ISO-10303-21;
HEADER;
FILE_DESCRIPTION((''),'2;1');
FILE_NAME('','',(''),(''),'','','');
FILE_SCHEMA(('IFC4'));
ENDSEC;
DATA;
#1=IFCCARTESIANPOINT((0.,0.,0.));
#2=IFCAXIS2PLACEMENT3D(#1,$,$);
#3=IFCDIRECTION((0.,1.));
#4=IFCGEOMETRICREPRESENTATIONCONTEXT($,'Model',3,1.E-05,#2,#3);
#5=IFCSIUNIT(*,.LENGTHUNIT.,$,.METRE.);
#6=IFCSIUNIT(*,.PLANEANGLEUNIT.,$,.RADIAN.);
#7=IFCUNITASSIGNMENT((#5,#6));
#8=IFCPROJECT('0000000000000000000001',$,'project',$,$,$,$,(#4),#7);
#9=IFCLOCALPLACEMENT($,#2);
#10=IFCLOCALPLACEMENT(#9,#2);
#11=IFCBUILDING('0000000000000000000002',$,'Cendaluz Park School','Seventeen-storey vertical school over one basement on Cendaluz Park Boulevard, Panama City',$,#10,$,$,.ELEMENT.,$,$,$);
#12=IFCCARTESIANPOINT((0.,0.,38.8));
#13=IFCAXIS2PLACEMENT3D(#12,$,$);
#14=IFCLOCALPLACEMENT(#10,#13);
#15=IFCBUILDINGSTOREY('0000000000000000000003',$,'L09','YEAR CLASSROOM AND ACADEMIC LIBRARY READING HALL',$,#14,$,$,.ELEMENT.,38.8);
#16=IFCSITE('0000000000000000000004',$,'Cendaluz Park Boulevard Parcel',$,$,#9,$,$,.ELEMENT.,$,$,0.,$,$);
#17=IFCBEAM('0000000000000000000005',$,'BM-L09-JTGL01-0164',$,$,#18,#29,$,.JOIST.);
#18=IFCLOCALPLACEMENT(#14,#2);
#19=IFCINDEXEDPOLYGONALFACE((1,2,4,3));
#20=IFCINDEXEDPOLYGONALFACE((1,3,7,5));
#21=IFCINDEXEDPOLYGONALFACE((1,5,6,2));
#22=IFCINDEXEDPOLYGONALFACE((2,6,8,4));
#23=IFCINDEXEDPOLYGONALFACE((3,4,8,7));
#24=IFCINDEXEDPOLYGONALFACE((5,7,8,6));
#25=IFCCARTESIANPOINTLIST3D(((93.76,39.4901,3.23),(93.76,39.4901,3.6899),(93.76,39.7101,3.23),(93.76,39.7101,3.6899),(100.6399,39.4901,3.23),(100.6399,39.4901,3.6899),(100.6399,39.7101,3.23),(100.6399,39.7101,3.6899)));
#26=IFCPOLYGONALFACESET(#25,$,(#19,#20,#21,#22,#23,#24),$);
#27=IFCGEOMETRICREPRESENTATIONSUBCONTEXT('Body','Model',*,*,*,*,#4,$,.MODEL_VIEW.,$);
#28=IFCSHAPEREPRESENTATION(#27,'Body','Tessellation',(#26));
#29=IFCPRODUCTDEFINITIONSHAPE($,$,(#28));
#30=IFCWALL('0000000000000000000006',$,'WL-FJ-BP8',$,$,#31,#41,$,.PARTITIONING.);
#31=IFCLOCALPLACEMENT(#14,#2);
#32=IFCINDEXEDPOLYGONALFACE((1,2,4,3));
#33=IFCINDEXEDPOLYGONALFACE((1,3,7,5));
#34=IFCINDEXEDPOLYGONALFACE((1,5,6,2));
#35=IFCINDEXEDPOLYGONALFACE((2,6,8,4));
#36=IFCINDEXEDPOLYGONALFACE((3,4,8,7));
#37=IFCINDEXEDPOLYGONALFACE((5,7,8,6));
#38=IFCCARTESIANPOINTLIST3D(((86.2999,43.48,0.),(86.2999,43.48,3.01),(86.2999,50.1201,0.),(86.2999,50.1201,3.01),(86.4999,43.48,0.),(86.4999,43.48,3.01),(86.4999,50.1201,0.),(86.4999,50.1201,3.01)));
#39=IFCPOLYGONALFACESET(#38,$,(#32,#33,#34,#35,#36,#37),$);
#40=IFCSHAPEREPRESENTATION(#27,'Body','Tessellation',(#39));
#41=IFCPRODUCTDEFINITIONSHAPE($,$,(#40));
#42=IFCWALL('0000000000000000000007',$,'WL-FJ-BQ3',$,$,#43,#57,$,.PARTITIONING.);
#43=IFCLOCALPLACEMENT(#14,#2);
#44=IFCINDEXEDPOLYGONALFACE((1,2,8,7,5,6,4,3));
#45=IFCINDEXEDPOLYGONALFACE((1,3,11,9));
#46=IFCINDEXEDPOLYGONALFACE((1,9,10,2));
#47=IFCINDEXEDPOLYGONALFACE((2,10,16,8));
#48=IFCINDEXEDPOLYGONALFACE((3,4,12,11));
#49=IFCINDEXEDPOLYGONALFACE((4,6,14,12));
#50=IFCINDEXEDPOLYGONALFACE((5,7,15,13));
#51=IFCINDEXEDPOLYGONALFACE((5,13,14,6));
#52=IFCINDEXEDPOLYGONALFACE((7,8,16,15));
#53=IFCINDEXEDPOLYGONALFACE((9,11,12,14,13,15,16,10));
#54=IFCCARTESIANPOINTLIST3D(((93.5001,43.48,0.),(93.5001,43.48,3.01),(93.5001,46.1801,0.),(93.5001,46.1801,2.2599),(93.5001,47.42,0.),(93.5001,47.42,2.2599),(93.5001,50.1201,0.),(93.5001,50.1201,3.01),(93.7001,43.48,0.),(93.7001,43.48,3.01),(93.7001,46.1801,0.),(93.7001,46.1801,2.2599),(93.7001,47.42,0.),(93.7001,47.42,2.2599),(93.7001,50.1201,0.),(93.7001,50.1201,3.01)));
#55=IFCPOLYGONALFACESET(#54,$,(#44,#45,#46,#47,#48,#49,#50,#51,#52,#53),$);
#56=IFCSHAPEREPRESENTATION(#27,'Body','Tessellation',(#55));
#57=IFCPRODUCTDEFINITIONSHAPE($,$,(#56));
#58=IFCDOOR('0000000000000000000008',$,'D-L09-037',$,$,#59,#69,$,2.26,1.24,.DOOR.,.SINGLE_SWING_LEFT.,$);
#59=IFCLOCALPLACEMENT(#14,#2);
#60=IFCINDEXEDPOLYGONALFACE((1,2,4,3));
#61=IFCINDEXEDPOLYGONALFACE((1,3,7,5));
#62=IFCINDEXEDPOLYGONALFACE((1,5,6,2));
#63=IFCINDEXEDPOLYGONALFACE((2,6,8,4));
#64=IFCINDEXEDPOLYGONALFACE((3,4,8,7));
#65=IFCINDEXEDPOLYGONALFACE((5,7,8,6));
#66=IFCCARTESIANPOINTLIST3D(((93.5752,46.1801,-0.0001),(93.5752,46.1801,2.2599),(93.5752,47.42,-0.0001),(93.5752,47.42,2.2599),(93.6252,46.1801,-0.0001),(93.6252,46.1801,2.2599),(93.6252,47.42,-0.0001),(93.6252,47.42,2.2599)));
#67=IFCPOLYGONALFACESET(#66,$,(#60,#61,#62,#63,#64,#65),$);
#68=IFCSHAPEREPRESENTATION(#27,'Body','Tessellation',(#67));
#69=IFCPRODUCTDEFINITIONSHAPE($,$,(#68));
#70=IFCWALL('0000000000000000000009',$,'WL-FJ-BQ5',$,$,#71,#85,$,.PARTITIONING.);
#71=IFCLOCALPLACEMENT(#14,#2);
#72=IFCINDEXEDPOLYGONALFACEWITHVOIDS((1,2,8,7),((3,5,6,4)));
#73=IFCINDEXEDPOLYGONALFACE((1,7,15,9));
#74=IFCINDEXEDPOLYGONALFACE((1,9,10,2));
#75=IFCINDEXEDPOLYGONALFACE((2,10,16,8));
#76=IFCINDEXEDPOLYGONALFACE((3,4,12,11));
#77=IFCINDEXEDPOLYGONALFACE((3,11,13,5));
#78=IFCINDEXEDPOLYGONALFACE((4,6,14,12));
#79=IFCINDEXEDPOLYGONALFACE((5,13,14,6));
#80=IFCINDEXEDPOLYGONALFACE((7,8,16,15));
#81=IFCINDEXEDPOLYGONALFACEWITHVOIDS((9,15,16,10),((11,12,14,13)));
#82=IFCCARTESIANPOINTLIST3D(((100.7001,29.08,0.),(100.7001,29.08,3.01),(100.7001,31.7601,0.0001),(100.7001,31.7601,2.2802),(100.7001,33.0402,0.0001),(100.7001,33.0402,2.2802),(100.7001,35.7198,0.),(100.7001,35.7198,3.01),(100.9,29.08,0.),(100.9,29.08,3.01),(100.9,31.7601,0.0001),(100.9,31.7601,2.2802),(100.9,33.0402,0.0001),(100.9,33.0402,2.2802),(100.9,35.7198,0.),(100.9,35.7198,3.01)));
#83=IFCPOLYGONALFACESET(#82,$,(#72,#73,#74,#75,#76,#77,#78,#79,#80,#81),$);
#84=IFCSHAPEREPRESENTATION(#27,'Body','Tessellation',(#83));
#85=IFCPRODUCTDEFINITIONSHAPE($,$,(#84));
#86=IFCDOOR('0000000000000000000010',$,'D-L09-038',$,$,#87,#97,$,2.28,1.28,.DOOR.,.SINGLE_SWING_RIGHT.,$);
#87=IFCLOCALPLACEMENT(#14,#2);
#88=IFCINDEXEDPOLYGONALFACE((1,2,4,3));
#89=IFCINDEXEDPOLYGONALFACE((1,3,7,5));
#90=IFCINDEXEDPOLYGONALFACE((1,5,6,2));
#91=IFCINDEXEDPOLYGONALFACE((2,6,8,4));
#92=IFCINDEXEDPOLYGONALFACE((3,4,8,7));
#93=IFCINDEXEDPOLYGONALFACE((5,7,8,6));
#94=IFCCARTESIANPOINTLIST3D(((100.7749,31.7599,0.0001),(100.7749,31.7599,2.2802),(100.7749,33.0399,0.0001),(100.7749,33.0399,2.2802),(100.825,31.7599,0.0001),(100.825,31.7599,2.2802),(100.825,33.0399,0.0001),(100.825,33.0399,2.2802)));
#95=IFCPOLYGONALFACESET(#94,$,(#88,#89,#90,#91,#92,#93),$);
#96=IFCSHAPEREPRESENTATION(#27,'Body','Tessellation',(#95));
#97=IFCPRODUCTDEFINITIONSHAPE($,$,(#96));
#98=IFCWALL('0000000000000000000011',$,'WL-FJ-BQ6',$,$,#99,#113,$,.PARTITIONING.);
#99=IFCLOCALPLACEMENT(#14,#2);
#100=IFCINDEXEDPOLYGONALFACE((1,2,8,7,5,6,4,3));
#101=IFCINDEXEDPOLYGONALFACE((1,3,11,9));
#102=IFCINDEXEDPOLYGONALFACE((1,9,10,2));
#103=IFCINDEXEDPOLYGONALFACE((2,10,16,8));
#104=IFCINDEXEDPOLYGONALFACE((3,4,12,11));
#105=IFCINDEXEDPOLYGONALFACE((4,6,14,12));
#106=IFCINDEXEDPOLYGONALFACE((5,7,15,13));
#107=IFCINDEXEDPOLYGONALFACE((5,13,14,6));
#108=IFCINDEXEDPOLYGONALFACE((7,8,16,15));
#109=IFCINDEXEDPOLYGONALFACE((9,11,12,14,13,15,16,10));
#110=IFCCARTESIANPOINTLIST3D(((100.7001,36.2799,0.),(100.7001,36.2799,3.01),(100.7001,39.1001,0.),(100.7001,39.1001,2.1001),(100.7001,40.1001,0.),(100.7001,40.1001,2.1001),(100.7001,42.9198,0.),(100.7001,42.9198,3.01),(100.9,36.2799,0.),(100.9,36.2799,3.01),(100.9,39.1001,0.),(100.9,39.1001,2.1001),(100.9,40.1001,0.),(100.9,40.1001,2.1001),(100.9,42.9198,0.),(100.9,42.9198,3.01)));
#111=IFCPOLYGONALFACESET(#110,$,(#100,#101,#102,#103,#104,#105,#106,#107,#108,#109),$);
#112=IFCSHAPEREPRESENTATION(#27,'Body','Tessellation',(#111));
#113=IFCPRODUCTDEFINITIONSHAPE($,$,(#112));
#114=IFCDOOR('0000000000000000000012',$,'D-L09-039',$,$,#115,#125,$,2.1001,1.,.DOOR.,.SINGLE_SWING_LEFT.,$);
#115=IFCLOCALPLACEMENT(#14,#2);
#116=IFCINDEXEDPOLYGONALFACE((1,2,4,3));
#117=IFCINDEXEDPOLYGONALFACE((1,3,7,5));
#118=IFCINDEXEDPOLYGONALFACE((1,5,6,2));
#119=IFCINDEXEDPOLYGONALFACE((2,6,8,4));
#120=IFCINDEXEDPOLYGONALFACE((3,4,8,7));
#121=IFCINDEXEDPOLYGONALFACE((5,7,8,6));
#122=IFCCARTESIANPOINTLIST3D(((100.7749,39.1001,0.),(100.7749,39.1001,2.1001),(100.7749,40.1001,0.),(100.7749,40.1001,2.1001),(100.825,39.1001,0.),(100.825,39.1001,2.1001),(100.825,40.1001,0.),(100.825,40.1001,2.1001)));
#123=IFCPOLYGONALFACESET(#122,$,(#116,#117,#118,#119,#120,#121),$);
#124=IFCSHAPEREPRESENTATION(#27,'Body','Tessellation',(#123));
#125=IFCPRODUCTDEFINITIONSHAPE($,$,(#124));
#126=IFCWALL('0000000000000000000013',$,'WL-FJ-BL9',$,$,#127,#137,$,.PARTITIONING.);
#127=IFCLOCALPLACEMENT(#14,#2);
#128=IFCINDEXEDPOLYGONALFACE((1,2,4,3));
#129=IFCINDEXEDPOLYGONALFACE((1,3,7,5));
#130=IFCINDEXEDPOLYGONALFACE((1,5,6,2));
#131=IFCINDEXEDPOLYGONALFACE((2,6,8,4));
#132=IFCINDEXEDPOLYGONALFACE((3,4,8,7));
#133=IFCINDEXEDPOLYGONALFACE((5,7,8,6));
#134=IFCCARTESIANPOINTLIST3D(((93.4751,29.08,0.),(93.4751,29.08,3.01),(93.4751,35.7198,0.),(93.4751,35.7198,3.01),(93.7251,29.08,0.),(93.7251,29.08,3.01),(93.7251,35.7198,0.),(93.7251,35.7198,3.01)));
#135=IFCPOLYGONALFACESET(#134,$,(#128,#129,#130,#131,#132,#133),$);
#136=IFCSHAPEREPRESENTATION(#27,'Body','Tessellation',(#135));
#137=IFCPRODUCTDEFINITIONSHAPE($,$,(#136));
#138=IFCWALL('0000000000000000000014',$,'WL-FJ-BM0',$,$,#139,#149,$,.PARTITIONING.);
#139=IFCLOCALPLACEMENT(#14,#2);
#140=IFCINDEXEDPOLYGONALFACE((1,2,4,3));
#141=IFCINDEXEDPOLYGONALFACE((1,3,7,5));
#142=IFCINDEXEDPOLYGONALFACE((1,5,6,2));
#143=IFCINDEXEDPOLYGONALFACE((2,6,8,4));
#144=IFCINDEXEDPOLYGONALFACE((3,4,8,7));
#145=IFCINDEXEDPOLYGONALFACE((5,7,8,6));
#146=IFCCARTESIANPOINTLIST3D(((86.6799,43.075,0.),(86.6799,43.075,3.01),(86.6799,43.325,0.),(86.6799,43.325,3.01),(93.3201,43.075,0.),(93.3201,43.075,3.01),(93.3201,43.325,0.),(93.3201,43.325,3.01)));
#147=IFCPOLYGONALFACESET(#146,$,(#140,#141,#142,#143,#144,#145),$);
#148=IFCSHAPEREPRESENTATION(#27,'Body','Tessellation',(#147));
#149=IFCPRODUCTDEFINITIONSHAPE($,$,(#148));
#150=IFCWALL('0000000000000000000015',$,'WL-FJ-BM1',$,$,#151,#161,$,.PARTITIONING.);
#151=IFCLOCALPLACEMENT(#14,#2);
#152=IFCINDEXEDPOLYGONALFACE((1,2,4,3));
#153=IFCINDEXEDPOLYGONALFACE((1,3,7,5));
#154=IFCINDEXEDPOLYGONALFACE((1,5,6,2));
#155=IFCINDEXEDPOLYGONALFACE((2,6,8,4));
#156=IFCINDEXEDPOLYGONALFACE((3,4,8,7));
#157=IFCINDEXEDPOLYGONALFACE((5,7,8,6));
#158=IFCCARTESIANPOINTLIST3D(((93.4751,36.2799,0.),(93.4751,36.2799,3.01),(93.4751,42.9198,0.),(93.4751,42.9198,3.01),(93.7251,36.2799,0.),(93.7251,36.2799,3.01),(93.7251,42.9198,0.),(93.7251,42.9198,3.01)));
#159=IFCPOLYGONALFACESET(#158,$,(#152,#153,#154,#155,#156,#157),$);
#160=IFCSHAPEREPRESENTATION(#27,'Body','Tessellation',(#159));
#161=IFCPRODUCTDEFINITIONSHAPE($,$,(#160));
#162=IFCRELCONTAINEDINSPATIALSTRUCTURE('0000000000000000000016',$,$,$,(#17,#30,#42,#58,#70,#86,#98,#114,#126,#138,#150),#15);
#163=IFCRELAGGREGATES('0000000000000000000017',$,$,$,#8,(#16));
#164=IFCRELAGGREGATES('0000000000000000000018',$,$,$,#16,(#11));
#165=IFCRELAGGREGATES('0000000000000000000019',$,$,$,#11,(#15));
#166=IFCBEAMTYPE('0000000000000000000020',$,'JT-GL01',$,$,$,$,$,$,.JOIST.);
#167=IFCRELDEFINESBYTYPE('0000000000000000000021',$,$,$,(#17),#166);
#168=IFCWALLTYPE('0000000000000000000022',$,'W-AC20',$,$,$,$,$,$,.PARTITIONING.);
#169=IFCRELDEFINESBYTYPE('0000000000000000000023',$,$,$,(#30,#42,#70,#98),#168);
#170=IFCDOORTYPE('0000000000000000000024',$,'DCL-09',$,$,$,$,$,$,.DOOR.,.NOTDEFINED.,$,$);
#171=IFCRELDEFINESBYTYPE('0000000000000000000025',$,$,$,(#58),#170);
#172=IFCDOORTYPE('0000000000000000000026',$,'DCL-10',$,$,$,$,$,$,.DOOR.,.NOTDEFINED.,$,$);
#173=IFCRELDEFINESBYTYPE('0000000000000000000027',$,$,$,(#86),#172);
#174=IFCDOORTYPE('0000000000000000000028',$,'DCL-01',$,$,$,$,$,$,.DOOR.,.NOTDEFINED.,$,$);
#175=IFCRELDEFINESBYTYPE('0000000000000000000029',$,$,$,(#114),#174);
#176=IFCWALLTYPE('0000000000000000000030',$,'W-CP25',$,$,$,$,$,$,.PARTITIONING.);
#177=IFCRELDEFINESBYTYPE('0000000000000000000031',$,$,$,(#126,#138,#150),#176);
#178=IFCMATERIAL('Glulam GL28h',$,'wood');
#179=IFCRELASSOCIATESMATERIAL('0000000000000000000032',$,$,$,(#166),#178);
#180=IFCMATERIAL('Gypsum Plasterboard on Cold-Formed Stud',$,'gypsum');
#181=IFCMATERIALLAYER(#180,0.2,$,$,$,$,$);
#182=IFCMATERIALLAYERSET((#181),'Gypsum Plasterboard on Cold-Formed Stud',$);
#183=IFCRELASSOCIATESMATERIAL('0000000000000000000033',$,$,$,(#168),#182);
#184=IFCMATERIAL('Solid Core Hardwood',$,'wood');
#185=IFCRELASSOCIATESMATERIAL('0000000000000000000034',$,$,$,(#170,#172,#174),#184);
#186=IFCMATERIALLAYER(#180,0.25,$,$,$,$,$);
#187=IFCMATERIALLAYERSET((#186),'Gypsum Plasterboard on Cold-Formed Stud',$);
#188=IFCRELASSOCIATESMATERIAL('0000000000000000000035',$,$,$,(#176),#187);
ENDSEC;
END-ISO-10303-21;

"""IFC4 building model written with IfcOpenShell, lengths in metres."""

from ifc_helpers import new_model, si_unit, direction, frame, frame_2d, origin, origin_2d, place, context, subcontext, project, spatial, rectangle, extrude, material, layer, layer_set, material_profile, profile_set, type_object, element, fill, save


model = new_model("IFC4")

# Units and contexts
model_context = context("Model", 3, precision=1e-05, world=origin(), true_north=direction((0.0, 1.0)))
body_context = subcontext(model_context, "Body", "Model", "MODEL_VIEW")
ifc_project = project(units=[si_unit("LENGTHUNIT", "METRE"), si_unit("PLANEANGLEUNIT", "RADIAN")], contexts=[model_context])

# Site, building, storey
site_placement = place(None, origin())
site = spatial("IfcSite", under=ifc_project, at=site_placement, Name="Cendaluz Park Boulevard Parcel", CompositionType="ELEMENT", RefElevation=0.0)
building_placement = place(site_placement, origin())
building = spatial("IfcBuilding", under=site, at=building_placement, Name="Cendaluz Park School", Description="Seventeen-storey vertical school over one basement on Cendaluz Park Boulevard, Panama City", CompositionType="ELEMENT")
storey_placement = place(building_placement, frame((0.0, 0.0, 38.8)))
storey = spatial("IfcBuildingStorey", under=building, at=storey_placement, Name="L09", Description="YEAR CLASSROOM AND ACADEMIC LIBRARY READING HALL", CompositionType="ELEMENT", Elevation=38.8)

# Beam
ifc_material_1 = material(Name="Glulam GL28h", Category="wood")
ifc_material_profile_1 = material_profile(ifc_material_1, rectangle(XDim=0.22, YDim=0.46, at=origin_2d()), Name="GL28h 220x460", Category="wood")
ifc_profile_set_1 = profile_set([ifc_material_profile_1], Name="Glulam GL28h")
beam_type_1 = type_object("IfcBeamType", Name="JT-GL01", PredefinedType="JOIST", material=ifc_profile_set_1)
for number, where, z_axis, x_axis, name in (
    (1, (93.76, 39.6001, 3.46), (1.0, 0.0, 0.0), (0.0, 1.0, 0.0), "BM-L09-JTGL01-0164"),
):
    element("IfcBeam", number, at=place(storey_placement, frame(where, z_axis=z_axis, x_axis=x_axis)), inside=storey, type_object=beam_type_1, Name=name, PredefinedType="JOIST", context=body_context, shape_type="SweptSolid", body=[
        extrude(rectangle(XDim=0.22, YDim=0.46, at=origin_2d()), origin(), (0.0, 0.0, 1.0), 6.8799),
    ])

# Wall
ifc_material_2 = material(Name="Gypsum Plasterboard on Cold-Formed Stud", Category="gypsum")
ifc_layer_1 = layer(ifc_material_2, 0.2)
ifc_layer_set_1 = layer_set([ifc_layer_1], Name="Gypsum Plasterboard on Cold-Formed Stud")
wall_type_1 = type_object("IfcWallType", Name="W-AC20", PredefinedType="PARTITIONING", material=ifc_layer_set_1)
wall_1_placement = place(storey_placement, frame((86.3999, 43.48, 0.0), z_axis=(0.0, 0.0, 1.0), x_axis=(0.0, 1.0, 0.0)))
element("IfcWall", 2, at=wall_1_placement, inside=storey, type_object=wall_type_1, Name="WL-FJ-BP8", PredefinedType="PARTITIONING", context=body_context, shape_type="SweptSolid", body=[
    extrude(rectangle(XDim=6.6401, YDim=0.2, at=frame_2d((3.3201, 0.0))), origin(), (0.0, 0.0, 1.0), 3.01),
])

# Walls, openings, doors
wall_2_placement = place(storey_placement, frame((93.6001, 43.48, 0.0), z_axis=(0.0, 0.0, 1.0), x_axis=(0.0, 1.0, 0.0)))
wall_2 = element("IfcWall", 3, at=wall_2_placement, inside=storey, type_object=wall_type_1, Name="WL-FJ-BQ3", PredefinedType="PARTITIONING", context=body_context, shape_type="SweptSolid", body=[
    extrude(rectangle(XDim=6.6401, YDim=0.2, at=frame_2d((3.3201, 0.0))), origin(), (0.0, 0.0, 1.0), 3.01),
])
opening_1_placement = place(wall_2_placement, frame((2.7, 0.0, 0.0)))
opening_1 = element("IfcOpeningElement", 4, at=opening_1_placement, cuts=wall_2, PredefinedType="OPENING", context=body_context, shape_type="SweptSolid", body=[
    extrude(rectangle(XDim=1.24, YDim=2.26, at=frame_2d((0.6201, 1.1299))), frame((0.0, 0.1121, 0.0), z_axis=(0.0, -1.0, 0.0), x_axis=(1.0, 0.0, 0.0)), (0.0, 0.0, 1.0), 0.2239),
])
ifc_material_3 = material(Name="Solid Core Hardwood", Category="wood")
door_type_1 = type_object("IfcDoorType", Name="DCL-09", OperationType="NOTDEFINED", PredefinedType="DOOR", material=ifc_material_3)
door_1_placement = place(opening_1_placement, origin())
door_1 = element("IfcDoor", 5, at=door_1_placement, inside=storey, type_object=door_type_1, Name="D-L09-037", OperationType="SINGLE_SWING_LEFT", OverallHeight=2.26, OverallWidth=1.24, PredefinedType="DOOR", context=body_context, shape_type="SweptSolid", body=[
    extrude(rectangle(XDim=1.24, YDim=2.26, at=frame_2d((0.6201, 1.1299))), frame((0.0, 0.0249, 0.0), z_axis=(0.0, -1.0, 0.0), x_axis=(1.0, 0.0, 0.0)), (0.0, 0.0, 1.0), 0.05),
])
fill(opening_1, door_1)
wall_3_placement = place(storey_placement, frame((100.8, 29.0801, 0.0), z_axis=(0.0, 0.0, 1.0), x_axis=(0.0, 1.0, 0.0)))
wall_3 = element("IfcWall", 6, at=wall_3_placement, inside=storey, type_object=wall_type_1, Name="WL-FJ-BQ5", PredefinedType="PARTITIONING", context=body_context, shape_type="SweptSolid", body=[
    extrude(rectangle(XDim=6.6399, YDim=0.2, at=frame_2d((3.3198, 0.0))), origin(), (0.0, 0.0, 1.0), 3.01),
])
opening_2_placement = place(wall_3_placement, frame((2.6799, 0.0, 0.0)))
opening_2 = element("IfcOpeningElement", 7, at=opening_2_placement, cuts=wall_3, PredefinedType="OPENING", context=body_context, shape_type="SweptSolid", body=[
    extrude(rectangle(XDim=1.28, YDim=2.28, at=frame_2d((0.6401, 1.1401))), frame((0.0, 0.1121, 0.0), z_axis=(0.0, -1.0, 0.0), x_axis=(1.0, 0.0, 0.0)), (0.0, 0.0, 1.0), 0.2239),
])
door_type_2 = type_object("IfcDoorType", Name="DCL-10", OperationType="NOTDEFINED", PredefinedType="DOOR", material=ifc_material_3)
door_2_placement = place(opening_2_placement, frame((1.28, 0.0, 0.0), z_axis=(0.0, 0.0, 1.0), x_axis=(-1.0, 0.0, 0.0)))
door_2 = element("IfcDoor", 8, at=door_2_placement, inside=storey, type_object=door_type_2, Name="D-L09-038", OperationType="SINGLE_SWING_RIGHT", OverallHeight=2.28, OverallWidth=1.28, PredefinedType="DOOR", context=body_context, shape_type="SweptSolid", body=[
    extrude(rectangle(XDim=1.28, YDim=2.28, at=frame_2d((0.6401, 1.1401))), frame((0.0, 0.0249, 0.0), z_axis=(0.0, -1.0, 0.0), x_axis=(1.0, 0.0, 0.0)), (0.0, 0.0, 1.0), 0.05),
])
fill(opening_2, door_2)
wall_4_placement = place(storey_placement, frame((100.8, 36.28, 0.0), z_axis=(0.0, 0.0, 1.0), x_axis=(0.0, 1.0, 0.0)))
wall_4 = element("IfcWall", 9, at=wall_4_placement, inside=storey, type_object=wall_type_1, Name="WL-FJ-BQ6", PredefinedType="PARTITIONING", context=body_context, shape_type="SweptSolid", body=[
    extrude(rectangle(XDim=6.6399, YDim=0.2, at=frame_2d((3.3198, 0.0))), origin(), (0.0, 0.0, 1.0), 3.01),
])
opening_3_placement = place(wall_4_placement, frame((2.8201, 0.0, 0.0)))
opening_3 = element("IfcOpeningElement", 10, at=opening_3_placement, cuts=wall_4, PredefinedType="OPENING", context=body_context, shape_type="SweptSolid", body=[
    extrude(rectangle(XDim=1.0, YDim=2.1001, at=frame_2d((0.5, 1.05))), frame((0.0, 0.1121, 0.0), z_axis=(0.0, -1.0, 0.0), x_axis=(1.0, 0.0, 0.0)), (0.0, 0.0, 1.0), 0.2239),
])
door_type_3 = type_object("IfcDoorType", Name="DCL-01", OperationType="NOTDEFINED", PredefinedType="DOOR", material=ifc_material_3)
door_3_placement = place(opening_3_placement, frame((1.0, 0.0, 0.0), z_axis=(0.0, 0.0, 1.0), x_axis=(-1.0, 0.0, 0.0)))
door_3 = element("IfcDoor", 11, at=door_3_placement, inside=storey, type_object=door_type_3, Name="D-L09-039", OperationType="SINGLE_SWING_LEFT", OverallHeight=2.1001, OverallWidth=1.0, PredefinedType="DOOR", context=body_context, shape_type="SweptSolid", body=[
    extrude(rectangle(XDim=1.0, YDim=2.1001, at=frame_2d((0.5, 1.05))), frame((0.0, 0.0249, 0.0), z_axis=(0.0, -1.0, 0.0), x_axis=(1.0, 0.0, 0.0)), (0.0, 0.0, 1.0), 0.05),
])
fill(opening_3, door_3)

# Walls
ifc_layer_2 = layer(ifc_material_2, 0.25)
ifc_layer_set_2 = layer_set([ifc_layer_2], Name="Gypsum Plasterboard on Cold-Formed Stud")
wall_type_2 = type_object("IfcWallType", Name="W-CP25", PredefinedType="PARTITIONING", material=ifc_layer_set_2)
wall_5_placement = place(storey_placement, frame((93.6001, 29.0801, 0.0), z_axis=(0.0, 0.0, 1.0), x_axis=(0.0, 1.0, 0.0)))
element("IfcWall", 12, at=wall_5_placement, inside=storey, type_object=wall_type_2, Name="WL-FJ-BL9", PredefinedType="PARTITIONING", context=body_context, shape_type="SweptSolid", body=[
    extrude(rectangle(XDim=6.6399, YDim=0.25, at=frame_2d((3.3198, 0.0))), origin(), (0.0, 0.0, 1.0), 3.01),
])
wall_6_placement = place(storey_placement, frame((86.6799, 43.2, 0.0), z_axis=(0.0, 0.0, 1.0), x_axis=(1.0, 0.0, 0.0)))
element("IfcWall", 13, at=wall_6_placement, inside=storey, type_object=wall_type_2, Name="WL-FJ-BM0", PredefinedType="PARTITIONING", context=body_context, shape_type="SweptSolid", body=[
    extrude(rectangle(XDim=6.6401, YDim=0.25, at=frame_2d((3.3201, 0.0))), origin(), (0.0, 0.0, 1.0), 3.01),
])
wall_7_placement = place(storey_placement, frame((93.6001, 36.28, 0.0), z_axis=(0.0, 0.0, 1.0), x_axis=(0.0, 1.0, 0.0)))
element("IfcWall", 14, at=wall_7_placement, inside=storey, type_object=wall_type_2, Name="WL-FJ-BM1", PredefinedType="PARTITIONING", context=body_context, shape_type="SweptSolid", body=[
    extrude(rectangle(XDim=6.6399, YDim=0.25, at=frame_2d((3.3198, 0.0))), origin(), (0.0, 0.0, 1.0), 3.01),
])

save(model, "model.ifc")
